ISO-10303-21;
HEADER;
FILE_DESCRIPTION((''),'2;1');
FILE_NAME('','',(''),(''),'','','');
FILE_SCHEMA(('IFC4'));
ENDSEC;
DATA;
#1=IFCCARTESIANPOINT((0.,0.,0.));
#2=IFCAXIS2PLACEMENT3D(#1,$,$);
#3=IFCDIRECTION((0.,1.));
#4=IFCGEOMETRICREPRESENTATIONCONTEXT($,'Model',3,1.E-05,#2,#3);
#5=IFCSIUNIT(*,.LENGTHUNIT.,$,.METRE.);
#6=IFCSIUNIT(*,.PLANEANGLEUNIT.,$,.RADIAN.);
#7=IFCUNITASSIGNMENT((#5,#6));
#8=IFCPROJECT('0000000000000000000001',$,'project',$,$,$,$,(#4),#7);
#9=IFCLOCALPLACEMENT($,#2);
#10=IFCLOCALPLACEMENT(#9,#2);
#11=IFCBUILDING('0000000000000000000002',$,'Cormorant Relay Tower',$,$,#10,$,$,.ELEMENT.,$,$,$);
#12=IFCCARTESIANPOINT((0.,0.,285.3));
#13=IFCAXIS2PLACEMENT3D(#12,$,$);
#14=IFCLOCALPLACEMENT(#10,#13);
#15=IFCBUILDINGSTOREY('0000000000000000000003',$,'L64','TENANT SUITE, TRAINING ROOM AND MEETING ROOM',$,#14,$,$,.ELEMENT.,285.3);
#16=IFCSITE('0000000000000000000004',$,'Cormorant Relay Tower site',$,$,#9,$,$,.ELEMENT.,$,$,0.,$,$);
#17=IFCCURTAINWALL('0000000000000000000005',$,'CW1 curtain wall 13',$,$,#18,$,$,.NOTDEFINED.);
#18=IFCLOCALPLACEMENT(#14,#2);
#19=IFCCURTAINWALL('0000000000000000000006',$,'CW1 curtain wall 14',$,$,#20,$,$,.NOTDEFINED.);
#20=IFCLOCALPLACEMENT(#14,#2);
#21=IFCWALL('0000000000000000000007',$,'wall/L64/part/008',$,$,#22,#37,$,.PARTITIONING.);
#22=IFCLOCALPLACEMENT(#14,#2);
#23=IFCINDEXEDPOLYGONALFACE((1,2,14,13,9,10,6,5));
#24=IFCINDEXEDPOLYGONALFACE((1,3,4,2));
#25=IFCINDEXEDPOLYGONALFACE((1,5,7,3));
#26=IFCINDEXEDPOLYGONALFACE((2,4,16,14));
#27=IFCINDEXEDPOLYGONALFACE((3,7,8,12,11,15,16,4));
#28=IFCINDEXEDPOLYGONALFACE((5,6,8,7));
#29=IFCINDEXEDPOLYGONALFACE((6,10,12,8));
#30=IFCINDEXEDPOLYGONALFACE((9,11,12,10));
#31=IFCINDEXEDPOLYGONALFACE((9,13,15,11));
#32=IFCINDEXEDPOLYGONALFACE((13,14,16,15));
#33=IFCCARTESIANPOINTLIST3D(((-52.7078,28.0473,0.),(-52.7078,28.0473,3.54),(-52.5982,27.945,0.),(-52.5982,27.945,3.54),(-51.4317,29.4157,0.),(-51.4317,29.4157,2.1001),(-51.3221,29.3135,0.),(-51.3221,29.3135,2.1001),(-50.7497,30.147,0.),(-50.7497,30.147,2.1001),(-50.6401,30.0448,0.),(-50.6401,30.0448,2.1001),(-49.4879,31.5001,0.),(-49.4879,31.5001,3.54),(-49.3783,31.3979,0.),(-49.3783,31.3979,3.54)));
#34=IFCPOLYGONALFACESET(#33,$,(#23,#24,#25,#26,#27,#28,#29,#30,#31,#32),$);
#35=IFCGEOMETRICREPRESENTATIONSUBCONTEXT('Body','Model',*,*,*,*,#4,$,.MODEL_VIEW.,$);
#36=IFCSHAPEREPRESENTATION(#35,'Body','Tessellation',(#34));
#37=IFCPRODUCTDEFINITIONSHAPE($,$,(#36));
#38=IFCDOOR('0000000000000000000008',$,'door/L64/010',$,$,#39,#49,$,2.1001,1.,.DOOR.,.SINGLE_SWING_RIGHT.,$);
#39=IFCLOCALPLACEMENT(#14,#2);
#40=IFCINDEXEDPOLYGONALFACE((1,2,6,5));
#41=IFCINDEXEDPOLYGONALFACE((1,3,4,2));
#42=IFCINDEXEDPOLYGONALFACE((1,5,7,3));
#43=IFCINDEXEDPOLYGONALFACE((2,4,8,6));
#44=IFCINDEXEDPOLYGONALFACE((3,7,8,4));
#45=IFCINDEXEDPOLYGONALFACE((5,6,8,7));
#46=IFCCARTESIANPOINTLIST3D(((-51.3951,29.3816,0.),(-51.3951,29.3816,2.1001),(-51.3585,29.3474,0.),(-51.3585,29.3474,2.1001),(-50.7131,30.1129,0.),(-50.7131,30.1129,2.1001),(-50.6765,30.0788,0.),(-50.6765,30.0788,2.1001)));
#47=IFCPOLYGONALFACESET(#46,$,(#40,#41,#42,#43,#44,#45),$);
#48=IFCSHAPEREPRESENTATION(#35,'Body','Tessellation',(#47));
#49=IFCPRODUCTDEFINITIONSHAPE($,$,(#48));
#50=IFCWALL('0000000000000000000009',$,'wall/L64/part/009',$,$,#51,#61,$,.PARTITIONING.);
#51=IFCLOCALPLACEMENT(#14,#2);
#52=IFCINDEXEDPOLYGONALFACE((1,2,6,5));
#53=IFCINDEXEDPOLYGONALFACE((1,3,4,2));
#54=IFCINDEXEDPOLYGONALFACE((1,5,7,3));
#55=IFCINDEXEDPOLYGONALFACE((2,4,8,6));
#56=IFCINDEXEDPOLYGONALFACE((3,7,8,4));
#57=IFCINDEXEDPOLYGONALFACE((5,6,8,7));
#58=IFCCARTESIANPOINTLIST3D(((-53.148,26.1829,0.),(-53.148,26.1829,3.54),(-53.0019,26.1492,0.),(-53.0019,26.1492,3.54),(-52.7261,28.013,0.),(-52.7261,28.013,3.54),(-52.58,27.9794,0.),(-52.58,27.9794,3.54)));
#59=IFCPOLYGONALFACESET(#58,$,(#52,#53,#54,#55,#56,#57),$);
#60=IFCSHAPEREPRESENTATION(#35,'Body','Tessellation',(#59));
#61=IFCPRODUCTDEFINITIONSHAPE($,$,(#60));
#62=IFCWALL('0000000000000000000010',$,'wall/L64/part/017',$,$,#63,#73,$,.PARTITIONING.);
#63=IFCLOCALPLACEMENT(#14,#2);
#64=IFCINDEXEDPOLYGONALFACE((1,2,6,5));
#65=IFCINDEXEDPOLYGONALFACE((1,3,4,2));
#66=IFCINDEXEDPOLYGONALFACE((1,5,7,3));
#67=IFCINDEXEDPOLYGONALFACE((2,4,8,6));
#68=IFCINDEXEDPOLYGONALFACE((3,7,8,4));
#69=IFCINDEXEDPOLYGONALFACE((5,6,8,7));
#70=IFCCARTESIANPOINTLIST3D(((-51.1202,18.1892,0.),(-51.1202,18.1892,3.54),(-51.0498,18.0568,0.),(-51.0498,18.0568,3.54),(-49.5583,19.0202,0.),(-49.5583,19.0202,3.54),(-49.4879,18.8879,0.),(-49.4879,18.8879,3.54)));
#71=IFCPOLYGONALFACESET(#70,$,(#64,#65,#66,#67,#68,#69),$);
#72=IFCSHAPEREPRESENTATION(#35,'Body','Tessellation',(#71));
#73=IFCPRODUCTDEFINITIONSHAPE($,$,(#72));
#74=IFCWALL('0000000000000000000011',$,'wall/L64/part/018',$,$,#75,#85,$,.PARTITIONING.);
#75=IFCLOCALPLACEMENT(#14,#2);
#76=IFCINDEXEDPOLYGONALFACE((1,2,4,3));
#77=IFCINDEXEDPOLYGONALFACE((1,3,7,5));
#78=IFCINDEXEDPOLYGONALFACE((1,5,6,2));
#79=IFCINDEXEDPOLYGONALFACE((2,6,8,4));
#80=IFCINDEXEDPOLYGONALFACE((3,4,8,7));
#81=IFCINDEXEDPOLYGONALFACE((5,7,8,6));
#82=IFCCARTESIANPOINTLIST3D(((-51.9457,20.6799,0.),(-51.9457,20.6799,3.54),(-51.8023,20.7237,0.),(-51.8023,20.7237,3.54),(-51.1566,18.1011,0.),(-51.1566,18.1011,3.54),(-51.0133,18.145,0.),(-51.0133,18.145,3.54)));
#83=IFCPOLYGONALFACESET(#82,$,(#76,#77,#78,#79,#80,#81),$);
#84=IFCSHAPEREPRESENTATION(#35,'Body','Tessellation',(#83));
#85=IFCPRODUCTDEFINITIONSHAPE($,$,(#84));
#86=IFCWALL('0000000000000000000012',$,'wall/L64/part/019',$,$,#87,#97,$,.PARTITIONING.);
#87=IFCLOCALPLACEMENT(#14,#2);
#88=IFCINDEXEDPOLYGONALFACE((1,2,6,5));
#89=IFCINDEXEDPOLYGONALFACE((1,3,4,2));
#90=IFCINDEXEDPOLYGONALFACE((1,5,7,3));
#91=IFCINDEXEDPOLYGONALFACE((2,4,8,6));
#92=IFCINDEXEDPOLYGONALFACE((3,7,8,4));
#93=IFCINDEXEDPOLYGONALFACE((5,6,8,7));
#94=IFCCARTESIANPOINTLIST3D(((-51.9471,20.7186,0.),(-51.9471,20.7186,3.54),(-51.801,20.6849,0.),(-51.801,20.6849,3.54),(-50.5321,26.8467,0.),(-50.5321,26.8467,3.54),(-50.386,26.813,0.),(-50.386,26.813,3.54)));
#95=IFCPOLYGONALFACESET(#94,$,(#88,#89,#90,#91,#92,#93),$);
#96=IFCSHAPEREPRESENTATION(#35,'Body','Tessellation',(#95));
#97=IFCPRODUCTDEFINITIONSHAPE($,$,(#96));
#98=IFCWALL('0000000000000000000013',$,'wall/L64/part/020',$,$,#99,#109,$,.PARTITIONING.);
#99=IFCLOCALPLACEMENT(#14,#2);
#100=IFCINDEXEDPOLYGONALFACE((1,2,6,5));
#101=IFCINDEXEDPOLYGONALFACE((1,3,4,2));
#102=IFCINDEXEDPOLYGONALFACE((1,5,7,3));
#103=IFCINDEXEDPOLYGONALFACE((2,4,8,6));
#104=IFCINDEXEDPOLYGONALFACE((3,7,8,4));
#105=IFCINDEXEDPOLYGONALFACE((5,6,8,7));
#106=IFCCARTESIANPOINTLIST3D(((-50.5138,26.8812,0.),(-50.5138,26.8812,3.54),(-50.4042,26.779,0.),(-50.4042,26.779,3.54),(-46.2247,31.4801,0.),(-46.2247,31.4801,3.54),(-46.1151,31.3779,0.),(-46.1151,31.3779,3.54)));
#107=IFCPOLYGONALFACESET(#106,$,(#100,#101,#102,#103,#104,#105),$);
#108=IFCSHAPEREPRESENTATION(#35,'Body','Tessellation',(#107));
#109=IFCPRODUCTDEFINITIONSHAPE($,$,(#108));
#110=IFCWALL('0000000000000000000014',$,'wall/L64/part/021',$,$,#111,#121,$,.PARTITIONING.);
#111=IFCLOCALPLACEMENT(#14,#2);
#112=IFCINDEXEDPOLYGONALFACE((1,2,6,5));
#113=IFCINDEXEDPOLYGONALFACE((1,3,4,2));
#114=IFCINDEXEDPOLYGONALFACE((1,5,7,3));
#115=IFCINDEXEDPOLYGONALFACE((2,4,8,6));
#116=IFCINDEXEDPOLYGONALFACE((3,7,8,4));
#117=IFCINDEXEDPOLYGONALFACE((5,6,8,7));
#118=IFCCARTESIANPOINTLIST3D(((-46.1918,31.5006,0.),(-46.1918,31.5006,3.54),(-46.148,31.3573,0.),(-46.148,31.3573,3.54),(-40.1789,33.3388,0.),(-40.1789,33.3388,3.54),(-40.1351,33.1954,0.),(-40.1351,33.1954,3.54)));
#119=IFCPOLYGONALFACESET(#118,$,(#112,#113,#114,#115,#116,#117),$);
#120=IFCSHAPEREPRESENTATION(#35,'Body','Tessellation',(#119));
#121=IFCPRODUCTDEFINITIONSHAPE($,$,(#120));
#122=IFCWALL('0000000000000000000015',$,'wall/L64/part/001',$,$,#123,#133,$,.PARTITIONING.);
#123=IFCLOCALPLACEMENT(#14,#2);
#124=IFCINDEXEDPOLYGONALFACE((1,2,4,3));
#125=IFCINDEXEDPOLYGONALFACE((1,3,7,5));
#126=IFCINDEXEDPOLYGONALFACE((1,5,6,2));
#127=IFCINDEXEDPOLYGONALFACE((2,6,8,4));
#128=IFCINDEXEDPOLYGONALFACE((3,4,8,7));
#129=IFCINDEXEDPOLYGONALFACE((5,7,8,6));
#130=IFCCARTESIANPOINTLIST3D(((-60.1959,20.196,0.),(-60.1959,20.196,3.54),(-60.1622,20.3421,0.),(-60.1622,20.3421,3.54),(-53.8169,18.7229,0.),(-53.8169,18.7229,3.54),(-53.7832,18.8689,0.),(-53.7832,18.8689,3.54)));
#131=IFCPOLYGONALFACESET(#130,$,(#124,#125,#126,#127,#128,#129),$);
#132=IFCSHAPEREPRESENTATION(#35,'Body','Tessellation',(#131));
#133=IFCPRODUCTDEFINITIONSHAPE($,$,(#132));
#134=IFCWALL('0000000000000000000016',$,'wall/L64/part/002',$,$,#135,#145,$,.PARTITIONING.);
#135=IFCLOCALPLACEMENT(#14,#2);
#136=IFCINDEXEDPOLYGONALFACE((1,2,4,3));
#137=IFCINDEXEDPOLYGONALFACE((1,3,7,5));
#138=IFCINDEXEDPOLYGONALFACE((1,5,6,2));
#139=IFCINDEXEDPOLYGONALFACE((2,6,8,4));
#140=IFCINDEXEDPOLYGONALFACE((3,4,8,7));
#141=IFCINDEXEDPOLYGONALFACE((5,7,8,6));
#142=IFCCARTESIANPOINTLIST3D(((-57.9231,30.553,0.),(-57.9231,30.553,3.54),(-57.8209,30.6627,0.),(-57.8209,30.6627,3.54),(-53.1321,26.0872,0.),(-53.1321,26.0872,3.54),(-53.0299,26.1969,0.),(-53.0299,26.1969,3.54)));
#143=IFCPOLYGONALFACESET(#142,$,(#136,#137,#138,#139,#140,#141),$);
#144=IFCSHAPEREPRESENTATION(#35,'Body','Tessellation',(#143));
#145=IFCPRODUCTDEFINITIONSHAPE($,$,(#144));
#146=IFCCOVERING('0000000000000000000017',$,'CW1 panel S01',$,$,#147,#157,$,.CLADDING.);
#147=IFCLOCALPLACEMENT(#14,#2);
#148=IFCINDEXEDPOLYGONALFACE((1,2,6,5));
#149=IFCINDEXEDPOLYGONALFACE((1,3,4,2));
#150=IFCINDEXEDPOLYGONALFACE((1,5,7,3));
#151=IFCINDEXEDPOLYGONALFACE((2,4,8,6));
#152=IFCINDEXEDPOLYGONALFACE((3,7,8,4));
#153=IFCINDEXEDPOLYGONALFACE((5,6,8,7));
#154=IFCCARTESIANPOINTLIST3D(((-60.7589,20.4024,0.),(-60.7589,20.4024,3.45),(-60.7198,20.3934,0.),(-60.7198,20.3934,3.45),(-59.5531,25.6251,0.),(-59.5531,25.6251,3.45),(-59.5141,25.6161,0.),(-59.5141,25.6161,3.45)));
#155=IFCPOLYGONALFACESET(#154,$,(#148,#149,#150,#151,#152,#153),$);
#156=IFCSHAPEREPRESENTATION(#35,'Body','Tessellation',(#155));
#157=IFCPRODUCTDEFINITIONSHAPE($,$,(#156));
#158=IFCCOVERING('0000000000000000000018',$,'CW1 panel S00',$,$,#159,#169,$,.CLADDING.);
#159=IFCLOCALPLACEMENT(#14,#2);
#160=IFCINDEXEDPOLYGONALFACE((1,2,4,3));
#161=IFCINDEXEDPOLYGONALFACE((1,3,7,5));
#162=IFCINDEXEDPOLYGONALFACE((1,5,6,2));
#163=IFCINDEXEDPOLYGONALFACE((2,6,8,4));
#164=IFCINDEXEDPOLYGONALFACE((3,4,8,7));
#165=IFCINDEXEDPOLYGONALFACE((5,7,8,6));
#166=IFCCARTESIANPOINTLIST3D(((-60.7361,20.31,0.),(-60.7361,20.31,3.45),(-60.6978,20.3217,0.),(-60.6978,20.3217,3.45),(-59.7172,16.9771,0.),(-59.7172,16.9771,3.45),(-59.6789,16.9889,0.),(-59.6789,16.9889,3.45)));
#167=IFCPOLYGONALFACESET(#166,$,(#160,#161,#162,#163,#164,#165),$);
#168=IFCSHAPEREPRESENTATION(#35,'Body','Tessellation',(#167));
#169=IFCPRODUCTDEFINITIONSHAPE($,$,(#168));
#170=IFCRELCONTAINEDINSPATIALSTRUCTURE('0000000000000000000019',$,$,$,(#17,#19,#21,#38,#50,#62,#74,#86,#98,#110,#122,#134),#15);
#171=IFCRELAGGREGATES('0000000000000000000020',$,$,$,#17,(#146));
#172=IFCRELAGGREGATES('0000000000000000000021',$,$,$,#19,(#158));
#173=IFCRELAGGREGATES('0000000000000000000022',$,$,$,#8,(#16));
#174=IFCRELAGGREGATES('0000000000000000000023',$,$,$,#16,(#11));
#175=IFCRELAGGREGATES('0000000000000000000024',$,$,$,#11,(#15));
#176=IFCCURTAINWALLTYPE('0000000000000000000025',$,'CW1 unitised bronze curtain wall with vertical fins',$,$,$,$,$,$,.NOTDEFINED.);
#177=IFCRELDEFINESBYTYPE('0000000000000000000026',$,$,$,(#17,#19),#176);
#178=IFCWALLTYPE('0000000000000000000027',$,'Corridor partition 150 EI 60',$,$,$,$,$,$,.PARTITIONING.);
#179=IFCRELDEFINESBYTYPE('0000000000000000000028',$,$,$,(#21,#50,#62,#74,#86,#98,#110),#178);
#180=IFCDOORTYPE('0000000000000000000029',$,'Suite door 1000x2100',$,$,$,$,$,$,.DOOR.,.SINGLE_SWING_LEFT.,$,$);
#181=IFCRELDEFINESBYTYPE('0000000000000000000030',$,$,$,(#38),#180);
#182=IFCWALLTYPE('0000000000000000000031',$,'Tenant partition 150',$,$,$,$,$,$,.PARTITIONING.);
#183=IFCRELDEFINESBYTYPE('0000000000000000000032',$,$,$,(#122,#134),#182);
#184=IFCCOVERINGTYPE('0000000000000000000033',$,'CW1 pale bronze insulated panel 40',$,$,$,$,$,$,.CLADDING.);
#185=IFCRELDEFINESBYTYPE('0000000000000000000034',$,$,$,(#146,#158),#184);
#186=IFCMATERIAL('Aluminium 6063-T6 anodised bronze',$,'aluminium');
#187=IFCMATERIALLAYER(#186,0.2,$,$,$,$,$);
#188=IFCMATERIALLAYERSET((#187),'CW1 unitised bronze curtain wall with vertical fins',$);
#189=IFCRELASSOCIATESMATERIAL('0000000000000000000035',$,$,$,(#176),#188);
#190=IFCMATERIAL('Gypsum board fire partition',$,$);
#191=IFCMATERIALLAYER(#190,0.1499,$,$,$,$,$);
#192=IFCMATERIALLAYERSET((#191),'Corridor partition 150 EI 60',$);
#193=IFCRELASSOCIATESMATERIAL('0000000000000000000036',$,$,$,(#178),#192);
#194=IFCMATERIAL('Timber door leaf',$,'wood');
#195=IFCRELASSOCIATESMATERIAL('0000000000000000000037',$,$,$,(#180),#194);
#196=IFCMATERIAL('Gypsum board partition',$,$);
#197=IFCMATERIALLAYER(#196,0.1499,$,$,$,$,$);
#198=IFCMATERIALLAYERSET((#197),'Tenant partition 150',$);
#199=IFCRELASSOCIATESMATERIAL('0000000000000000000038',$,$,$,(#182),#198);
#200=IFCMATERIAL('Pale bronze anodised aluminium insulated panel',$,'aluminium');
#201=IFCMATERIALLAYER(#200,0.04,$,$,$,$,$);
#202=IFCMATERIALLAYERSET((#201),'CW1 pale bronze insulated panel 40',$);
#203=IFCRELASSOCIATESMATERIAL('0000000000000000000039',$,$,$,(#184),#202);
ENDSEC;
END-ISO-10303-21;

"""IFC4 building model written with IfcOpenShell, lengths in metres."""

from ifc_helpers import new_model, si_unit, direction, frame, frame_2d, origin, origin_2d, place, context, subcontext, project, spatial, rectangle, extrude, material, layer, layer_set, type_object, element, fill, aggregate, save


model = new_model("IFC4")

# Units and contexts
model_context = context("Model", 3, precision=1e-05, world=origin(), true_north=direction((0.0, 1.0)))
body_context = subcontext(model_context, "Body", "Model", "MODEL_VIEW")
ifc_project = project(units=[si_unit("LENGTHUNIT", "METRE"), si_unit("PLANEANGLEUNIT", "RADIAN")], contexts=[model_context])

# Site, building, storey
site_placement = place(None, origin())
site = spatial("IfcSite", under=ifc_project, at=site_placement, Name="Cormorant Relay Tower site", CompositionType="ELEMENT", RefElevation=0.0)
building_placement = place(site_placement, origin())
building = spatial("IfcBuilding", under=site, at=building_placement, Name="Cormorant Relay Tower", CompositionType="ELEMENT")
storey_placement = place(building_placement, frame((0.0, 0.0, 285.3)))
storey = spatial("IfcBuildingStorey", under=building, at=storey_placement, Name="L64", Description="TENANT SUITE, TRAINING ROOM AND MEETING ROOM", CompositionType="ELEMENT", Elevation=285.3)

# Curtain wall
ifc_material_1 = material(Name="Aluminium 6063-T6 anodised bronze", Category="aluminium")
ifc_layer_1 = layer(ifc_material_1, 0.2)
ifc_layer_set_1 = layer_set([ifc_layer_1], Name="CW1 unitised bronze curtain wall with vertical fins")
curtain_wall_type = type_object("IfcCurtainWallType", Name="CW1 unitised bronze curtain wall with vertical fins", PredefinedType="NOTDEFINED", material=ifc_layer_set_1)
curtain_wall_1_placement = place(storey_placement, origin())
curtain_wall_1 = element("IfcCurtainWall", 1, at=curtain_wall_1_placement, inside=storey, type_object=curtain_wall_type, Name="CW1 curtain wall 13", PredefinedType="NOTDEFINED")

# Curtain wall
curtain_wall_2_placement = place(storey_placement, origin())
curtain_wall_2 = element("IfcCurtainWall", 2, at=curtain_wall_2_placement, inside=storey, type_object=curtain_wall_type, Name="CW1 curtain wall 14", PredefinedType="NOTDEFINED")

# Shared definitions
ifc_material_2 = material(Name="Gypsum board fire partition")
ifc_layer_2 = layer(ifc_material_2, 0.1499)
ifc_layer_set_2 = layer_set([ifc_layer_2], Name="Corridor partition 150 EI 60")
wall_type_1 = type_object("IfcWallType", Name="Corridor partition 150 EI 60", PredefinedType="PARTITIONING", material=ifc_layer_set_2)
ifc_material_3 = material(Name="Timber door leaf", Category="wood")
door_type = type_object("IfcDoorType", Name="Suite door 1000x2100", OperationType="SINGLE_SWING_LEFT", PredefinedType="DOOR", material=ifc_material_3)

# Wall, opening, door
wall_1_placement = place(storey_placement, frame((-49.4331, 31.449, 0.0), z_axis=(0.0, 0.0, 1.0), x_axis=(-0.682011, -0.731342, 0.0)))
wall_1 = element("IfcWall", 3, at=wall_1_placement, inside=storey, type_object=wall_type_1, Name="wall/L64/part/008", PredefinedType="PARTITIONING", context=body_context, shape_type="SweptSolid", body=[
    extrude(rectangle(XDim=4.7212, YDim=0.1499, at=frame_2d((2.3606, 0.0))), origin(), (0.0, 0.0, 1.0), 3.54),
])
opening_1_placement = place(wall_1_placement, frame((1.8501, 0.0, 0.0)))
opening_1 = element("IfcOpeningElement", 4, at=opening_1_placement, cuts=wall_1, PredefinedType="OPENING", context=body_context, shape_type="SweptSolid", body=[
    extrude(rectangle(XDim=1.0, YDim=2.1001, at=frame_2d((0.5, 1.05))), frame((0.0, 0.085, 0.0), z_axis=(0.0, -1.0, 0.0), x_axis=(1.0, 0.0, 0.0)), (0.0, 0.0, 1.0), 0.1699),
])
door_1_placement = place(opening_1_placement, frame((1.0, 0.0, 0.0), z_axis=(0.0, 0.0, 1.0), x_axis=(-1.0, 0.0, 0.0)))
door_1 = element("IfcDoor", 5, at=door_1_placement, inside=storey, type_object=door_type, Name="door/L64/010", OperationType="SINGLE_SWING_RIGHT", OverallHeight=2.1001, OverallWidth=1.0, PredefinedType="DOOR", context=body_context, shape_type="SweptSolid", body=[
    extrude(rectangle(XDim=1.0, YDim=2.1001, at=frame_2d((0.5, 1.05))), frame((0.0, 0.0249, 0.0), z_axis=(0.0, -1.0, 0.0), x_axis=(1.0, 0.0, 0.0)), (0.0, 0.0, 1.0), 0.05),
])
fill(opening_1, door_1)

# Walls
wall_2_placement = place(storey_placement, frame((-52.6531, 27.9961, 0.0), z_axis=(0.0, 0.0, 1.0), x_axis=(-0.224632, -0.974444, 0.0)))
element("IfcWall", 6, at=wall_2_placement, inside=storey, type_object=wall_type_1, Name="wall/L64/part/009", PredefinedType="PARTITIONING", context=body_context, shape_type="SweptSolid", body=[
    extrude(rectangle(XDim=1.8782, YDim=0.1499, at=frame_2d((0.939, 0.0))), origin(), (0.0, 0.0, 1.0), 3.54),
])
wall_3_placement = place(storey_placement, frame((-49.5229, 18.9541, 0.0), z_axis=(0.0, 0.0, 1.0), x_axis=(-0.882826, -0.4697, 0.0)))
element("IfcWall", 7, at=wall_3_placement, inside=storey, type_object=wall_type_1, Name="wall/L64/part/017", PredefinedType="PARTITIONING", context=body_context, shape_type="SweptSolid", body=[
    extrude(rectangle(XDim=1.7693, YDim=0.1499, at=frame_2d((0.8848, 0.0))), origin(), (0.0, 0.0, 1.0), 3.54),
])
wall_4_placement = place(storey_placement, frame((-51.085, 18.123, 0.0), z_axis=(0.0, 0.0, 1.0), x_axis=(-0.292584, 0.95624, 0.0)))
element("IfcWall", 8, at=wall_4_placement, inside=storey, type_object=wall_type_1, Name="wall/L64/part/018", PredefinedType="PARTITIONING", context=body_context, shape_type="SweptSolid", body=[
    extrude(rectangle(XDim=2.6968, YDim=0.1499, at=frame_2d((1.3484, 0.0))), origin(), (0.0, 0.0, 1.0), 3.54),
])
wall_5_placement = place(storey_placement, frame((-51.874, 20.7019, 0.0), z_axis=(0.0, 0.0, 1.0), x_axis=(0.224987, 0.974362, 0.0)))
element("IfcWall", 9, at=wall_5_placement, inside=storey, type_object=wall_type_1, Name="wall/L64/part/019", PredefinedType="PARTITIONING", context=body_context, shape_type="SweptSolid", body=[
    extrude(rectangle(XDim=6.2893, YDim=0.1499, at=frame_2d((3.1445, 0.0))), origin(), (0.0, 0.0, 1.0), 3.54),
])
wall_6_placement = place(storey_placement, frame((-50.459, 26.8301, 0.0), z_axis=(0.0, 0.0, 1.0), x_axis=(0.682044, 0.731311, 0.0)))
element("IfcWall", 10, at=wall_6_placement, inside=storey, type_object=wall_type_1, Name="wall/L64/part/020", PredefinedType="PARTITIONING", context=body_context, shape_type="SweptSolid", body=[
    extrude(rectangle(XDim=6.2886, YDim=0.1499, at=frame_2d((3.1443, 0.0))), origin(), (0.0, 0.0, 1.0), 3.54),
])
wall_7_placement = place(storey_placement, frame((-46.1699, 31.429, 0.0), z_axis=(0.0, 0.0, 1.0), x_axis=(0.956314, 0.292342, 0.0)))
element("IfcWall", 11, at=wall_7_placement, inside=storey, type_object=wall_type_1, Name="wall/L64/part/021", PredefinedType="PARTITIONING", context=body_context, shape_type="SweptSolid", body=[
    extrude(rectangle(XDim=6.2876, YDim=0.1499, at=frame_2d((3.1438, 0.0))), origin(), (0.0, 0.0, 1.0), 3.54),
])
ifc_material_4 = material(Name="Gypsum board partition")
ifc_layer_3 = layer(ifc_material_4, 0.1499)
ifc_layer_set_3 = layer_set([ifc_layer_3], Name="Tenant partition 150")
wall_type_2 = type_object("IfcWallType", Name="Tenant partition 150", PredefinedType="PARTITIONING", material=ifc_layer_set_3)
wall_8_placement = place(storey_placement, frame((-53.8, 18.7959, 0.0), z_axis=(0.0, 0.0, 1.0), x_axis=(-0.974355, 0.225017, 0.0)))
element("IfcWall", 12, at=wall_8_placement, inside=storey, type_object=wall_type_2, Name="wall/L64/part/001", PredefinedType="PARTITIONING", context=body_context, shape_type="SweptSolid", body=[
    extrude(rectangle(XDim=6.5469, YDim=0.1499, at=frame_2d((3.2734, 0.0))), origin(), (0.0, 0.0, 1.0), 3.54),
])
wall_9_placement = place(storey_placement, frame((-57.8721, 30.6079, 0.0), z_axis=(0.0, 0.0, 1.0), x_axis=(0.731496, -0.681845, 0.0)))
element("IfcWall", 13, at=wall_9_placement, inside=storey, type_object=wall_type_2, Name="wall/L64/part/002", PredefinedType="PARTITIONING", context=body_context, shape_type="SweptSolid", body=[
    extrude(rectangle(XDim=6.5496, YDim=0.1499, at=frame_2d((3.2749, 0.0))), origin(), (0.0, 0.0, 1.0), 3.54),
])

# Coverings
ifc_material_5 = material(Name="Pale bronze anodised aluminium insulated panel", Category="aluminium")
ifc_layer_4 = layer(ifc_material_5, 0.04)
ifc_layer_set_4 = layer_set([ifc_layer_4], Name="CW1 pale bronze insulated panel 40")
covering_type = type_object("IfcCoveringType", Name="CW1 pale bronze insulated panel 40", PredefinedType="CLADDING", material=ifc_layer_set_4)
covering_1_placement = place(storey_placement, frame((-60.1365, 23.0093, 0.0), z_axis=(0.0, 0.0, 1.0), x_axis=(-0.224951, -0.97437, 0.0)))
covering_1 = element("IfcCovering", 14, at=covering_1_placement, type_object=covering_type, Name="CW1 panel S01", PredefinedType="CLADDING", context=body_context, shape_type="SweptSolid", body=[
    extrude(rectangle(XDim=5.3601, YDim=0.04, at=origin_2d()), origin(), (0.0, 0.0, 1.0), 3.45),
])
aggregate(curtain_wall_1, [covering_1])
covering_2_placement = place(storey_placement, frame((-60.2075, 18.6494, 0.0), z_axis=(0.0, 0.0, 1.0), x_axis=(0.292372, -0.956305, 0.0)))
covering_2 = element("IfcCovering", 15, at=covering_2_placement, type_object=covering_type, Name="CW1 panel S00", PredefinedType="CLADDING", context=body_context, shape_type="SweptSolid", body=[
    extrude(rectangle(XDim=3.4851, YDim=0.04, at=origin_2d()), origin(), (0.0, 0.0, 1.0), 3.45),
])
aggregate(curtain_wall_2, [covering_2])

save(model, "model.ifc")
